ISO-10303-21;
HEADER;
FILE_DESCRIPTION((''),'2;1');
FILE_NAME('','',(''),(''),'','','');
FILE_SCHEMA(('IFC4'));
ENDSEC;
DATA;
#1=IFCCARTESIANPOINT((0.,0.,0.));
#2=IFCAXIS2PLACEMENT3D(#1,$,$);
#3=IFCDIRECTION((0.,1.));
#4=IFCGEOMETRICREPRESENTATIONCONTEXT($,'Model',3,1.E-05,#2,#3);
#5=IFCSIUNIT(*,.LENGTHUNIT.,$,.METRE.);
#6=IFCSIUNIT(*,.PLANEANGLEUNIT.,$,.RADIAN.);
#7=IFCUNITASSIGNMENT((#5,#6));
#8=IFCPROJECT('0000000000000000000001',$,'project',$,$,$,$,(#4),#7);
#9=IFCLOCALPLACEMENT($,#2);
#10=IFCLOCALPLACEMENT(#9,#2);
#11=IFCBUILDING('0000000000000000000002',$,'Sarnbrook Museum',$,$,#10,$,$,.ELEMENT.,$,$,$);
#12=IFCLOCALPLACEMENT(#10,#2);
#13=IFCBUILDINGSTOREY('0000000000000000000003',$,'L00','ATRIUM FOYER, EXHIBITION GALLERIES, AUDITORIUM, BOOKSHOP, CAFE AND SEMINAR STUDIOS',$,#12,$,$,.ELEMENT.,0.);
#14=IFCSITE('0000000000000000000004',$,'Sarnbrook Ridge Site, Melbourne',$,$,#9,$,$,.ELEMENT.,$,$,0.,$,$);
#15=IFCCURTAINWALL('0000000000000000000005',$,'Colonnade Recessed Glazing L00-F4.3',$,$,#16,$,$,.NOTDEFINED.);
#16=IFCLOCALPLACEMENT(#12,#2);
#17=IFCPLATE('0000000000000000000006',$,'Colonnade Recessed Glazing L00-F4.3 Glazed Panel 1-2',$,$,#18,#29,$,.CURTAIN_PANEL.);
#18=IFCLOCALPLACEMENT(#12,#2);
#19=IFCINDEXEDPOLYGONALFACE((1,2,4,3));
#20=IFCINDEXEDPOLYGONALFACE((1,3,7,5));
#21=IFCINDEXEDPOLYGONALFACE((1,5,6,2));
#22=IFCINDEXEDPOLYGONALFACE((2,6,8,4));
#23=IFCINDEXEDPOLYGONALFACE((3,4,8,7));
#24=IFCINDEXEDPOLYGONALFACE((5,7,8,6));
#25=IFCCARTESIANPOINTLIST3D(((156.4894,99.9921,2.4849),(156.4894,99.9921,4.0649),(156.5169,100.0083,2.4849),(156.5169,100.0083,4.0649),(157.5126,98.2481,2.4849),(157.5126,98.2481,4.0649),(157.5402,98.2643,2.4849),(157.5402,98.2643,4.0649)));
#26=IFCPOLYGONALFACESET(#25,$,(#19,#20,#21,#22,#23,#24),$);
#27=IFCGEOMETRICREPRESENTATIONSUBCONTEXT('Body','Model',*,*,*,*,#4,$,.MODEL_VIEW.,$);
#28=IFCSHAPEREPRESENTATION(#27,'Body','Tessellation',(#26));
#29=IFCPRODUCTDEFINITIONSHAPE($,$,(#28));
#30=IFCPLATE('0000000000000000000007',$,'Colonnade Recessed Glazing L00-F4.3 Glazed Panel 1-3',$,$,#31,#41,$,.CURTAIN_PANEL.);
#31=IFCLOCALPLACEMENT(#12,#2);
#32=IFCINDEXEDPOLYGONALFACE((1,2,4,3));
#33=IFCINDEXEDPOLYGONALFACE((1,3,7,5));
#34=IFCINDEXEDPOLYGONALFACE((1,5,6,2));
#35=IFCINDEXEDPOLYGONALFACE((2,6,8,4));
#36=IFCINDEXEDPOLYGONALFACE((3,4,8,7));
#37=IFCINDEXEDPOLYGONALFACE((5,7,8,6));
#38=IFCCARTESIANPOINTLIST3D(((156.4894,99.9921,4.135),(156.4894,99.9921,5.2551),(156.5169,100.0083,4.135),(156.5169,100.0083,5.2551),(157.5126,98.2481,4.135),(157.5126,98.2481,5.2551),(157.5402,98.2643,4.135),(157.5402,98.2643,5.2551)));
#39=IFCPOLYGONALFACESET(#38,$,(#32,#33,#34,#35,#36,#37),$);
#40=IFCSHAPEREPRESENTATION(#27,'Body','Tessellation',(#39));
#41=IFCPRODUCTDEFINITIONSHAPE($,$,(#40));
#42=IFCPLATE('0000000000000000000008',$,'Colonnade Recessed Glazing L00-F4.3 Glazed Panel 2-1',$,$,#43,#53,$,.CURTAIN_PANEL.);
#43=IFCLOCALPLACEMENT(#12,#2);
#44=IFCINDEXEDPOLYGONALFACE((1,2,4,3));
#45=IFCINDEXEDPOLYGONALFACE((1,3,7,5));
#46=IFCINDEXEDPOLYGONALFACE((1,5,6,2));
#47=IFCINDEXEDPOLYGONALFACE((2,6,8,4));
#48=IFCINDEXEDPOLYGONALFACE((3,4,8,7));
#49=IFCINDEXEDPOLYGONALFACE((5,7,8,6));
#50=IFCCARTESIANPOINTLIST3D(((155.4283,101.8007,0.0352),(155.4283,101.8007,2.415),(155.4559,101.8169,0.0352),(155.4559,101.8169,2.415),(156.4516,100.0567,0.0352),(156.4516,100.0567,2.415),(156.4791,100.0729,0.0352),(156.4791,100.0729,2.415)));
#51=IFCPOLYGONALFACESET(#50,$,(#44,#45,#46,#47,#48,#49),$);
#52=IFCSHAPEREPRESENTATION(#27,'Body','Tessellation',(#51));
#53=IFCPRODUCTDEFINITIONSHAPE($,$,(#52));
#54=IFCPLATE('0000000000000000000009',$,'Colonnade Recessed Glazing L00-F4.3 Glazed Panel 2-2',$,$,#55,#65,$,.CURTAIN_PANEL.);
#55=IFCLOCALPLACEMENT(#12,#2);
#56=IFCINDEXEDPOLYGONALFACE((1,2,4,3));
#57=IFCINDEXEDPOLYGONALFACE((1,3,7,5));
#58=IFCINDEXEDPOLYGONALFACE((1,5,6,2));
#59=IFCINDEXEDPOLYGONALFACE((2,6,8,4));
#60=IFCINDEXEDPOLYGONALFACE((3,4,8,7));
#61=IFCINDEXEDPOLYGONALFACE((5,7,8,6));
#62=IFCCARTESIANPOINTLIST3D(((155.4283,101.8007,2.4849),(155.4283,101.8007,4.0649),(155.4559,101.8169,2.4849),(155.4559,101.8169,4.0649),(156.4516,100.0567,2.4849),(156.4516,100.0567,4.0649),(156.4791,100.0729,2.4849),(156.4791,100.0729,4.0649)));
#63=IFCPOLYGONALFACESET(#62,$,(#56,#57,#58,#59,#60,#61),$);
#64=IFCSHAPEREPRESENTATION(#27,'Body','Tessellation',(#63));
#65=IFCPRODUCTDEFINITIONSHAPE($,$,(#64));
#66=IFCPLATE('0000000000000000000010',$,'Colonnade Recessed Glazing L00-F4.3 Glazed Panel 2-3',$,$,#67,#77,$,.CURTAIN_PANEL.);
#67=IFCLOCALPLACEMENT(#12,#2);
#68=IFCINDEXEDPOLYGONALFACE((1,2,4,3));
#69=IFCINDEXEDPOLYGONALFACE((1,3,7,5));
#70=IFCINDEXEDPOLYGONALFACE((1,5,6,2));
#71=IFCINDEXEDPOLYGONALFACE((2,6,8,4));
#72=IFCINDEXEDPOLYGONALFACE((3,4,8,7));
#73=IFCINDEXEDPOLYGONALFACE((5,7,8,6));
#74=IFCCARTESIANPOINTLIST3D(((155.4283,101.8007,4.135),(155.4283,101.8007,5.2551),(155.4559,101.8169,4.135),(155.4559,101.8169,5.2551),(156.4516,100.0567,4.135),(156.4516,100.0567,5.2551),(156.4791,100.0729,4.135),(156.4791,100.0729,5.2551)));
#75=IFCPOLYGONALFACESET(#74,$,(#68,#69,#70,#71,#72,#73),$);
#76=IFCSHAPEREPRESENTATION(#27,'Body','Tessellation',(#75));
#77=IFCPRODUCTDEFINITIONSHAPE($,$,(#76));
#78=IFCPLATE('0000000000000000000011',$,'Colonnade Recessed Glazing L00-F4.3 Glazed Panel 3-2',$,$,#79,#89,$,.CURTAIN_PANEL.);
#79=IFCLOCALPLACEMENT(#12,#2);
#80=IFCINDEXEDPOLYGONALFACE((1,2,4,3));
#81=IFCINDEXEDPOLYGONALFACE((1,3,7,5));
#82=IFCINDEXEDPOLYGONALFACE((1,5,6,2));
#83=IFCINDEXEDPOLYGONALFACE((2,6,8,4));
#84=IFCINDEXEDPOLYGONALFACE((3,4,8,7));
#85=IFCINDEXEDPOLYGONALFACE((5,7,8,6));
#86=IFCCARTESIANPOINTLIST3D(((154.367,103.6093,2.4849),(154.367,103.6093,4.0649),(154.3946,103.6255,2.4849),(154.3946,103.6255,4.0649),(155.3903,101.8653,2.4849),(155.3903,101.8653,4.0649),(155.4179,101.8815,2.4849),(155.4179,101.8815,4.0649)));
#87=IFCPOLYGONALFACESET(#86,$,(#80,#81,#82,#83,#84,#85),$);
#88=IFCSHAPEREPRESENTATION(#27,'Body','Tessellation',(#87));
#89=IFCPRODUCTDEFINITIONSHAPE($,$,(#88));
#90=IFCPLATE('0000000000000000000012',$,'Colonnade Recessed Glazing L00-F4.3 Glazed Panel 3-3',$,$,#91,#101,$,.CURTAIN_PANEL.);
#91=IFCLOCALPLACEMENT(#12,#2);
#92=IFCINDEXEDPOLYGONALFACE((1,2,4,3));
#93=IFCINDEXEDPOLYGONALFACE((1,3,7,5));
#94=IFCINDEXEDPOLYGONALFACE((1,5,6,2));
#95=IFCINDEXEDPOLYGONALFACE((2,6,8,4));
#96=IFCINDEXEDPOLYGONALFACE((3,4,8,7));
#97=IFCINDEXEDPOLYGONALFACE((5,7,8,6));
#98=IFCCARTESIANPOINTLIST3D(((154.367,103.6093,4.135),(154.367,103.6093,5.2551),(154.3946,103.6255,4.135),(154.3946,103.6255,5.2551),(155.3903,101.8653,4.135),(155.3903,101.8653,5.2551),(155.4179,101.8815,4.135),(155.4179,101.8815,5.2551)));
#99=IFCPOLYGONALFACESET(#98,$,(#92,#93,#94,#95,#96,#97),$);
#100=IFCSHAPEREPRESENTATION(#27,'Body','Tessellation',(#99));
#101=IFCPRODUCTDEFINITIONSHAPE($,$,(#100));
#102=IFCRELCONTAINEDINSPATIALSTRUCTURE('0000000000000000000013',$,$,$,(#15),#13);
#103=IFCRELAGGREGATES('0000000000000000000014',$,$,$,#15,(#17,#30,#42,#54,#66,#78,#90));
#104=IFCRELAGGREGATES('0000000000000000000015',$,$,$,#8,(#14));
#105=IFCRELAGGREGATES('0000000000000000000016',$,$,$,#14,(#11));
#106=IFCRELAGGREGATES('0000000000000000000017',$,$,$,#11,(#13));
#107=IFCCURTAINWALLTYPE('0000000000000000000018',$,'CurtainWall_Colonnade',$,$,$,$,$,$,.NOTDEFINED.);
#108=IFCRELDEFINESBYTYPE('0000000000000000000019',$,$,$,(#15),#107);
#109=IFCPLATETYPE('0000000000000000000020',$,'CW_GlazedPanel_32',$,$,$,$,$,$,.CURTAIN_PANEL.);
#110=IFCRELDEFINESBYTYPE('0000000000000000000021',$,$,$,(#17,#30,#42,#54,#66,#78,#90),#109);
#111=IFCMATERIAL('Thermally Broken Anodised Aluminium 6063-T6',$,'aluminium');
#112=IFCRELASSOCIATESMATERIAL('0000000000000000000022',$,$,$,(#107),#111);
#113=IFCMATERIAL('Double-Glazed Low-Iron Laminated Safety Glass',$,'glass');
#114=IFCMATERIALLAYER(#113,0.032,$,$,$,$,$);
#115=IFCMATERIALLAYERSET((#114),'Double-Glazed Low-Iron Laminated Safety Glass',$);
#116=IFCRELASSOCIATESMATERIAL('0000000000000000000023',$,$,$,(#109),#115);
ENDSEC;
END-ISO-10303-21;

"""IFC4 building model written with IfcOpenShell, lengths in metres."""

from ifc_helpers import new_model, si_unit, direction, frame, origin, origin_2d, place, context, subcontext, project, spatial, rectangle, extrude, material, layer, layer_set, type_object, element, aggregate, save


model = new_model("IFC4")

# Units and contexts
model_context = context("Model", 3, precision=1e-05, world=origin(), true_north=direction((0.0, 1.0)))
body_context = subcontext(model_context, "Body", "Model", "MODEL_VIEW")
ifc_project = project(units=[si_unit("LENGTHUNIT", "METRE"), si_unit("PLANEANGLEUNIT", "RADIAN")], contexts=[model_context])

# Site, building, storey
site_placement = place(None, origin())
site = spatial("IfcSite", under=ifc_project, at=site_placement, Name="Sarnbrook Ridge Site, Melbourne", CompositionType="ELEMENT", RefElevation=0.0)
building_placement = place(site_placement, origin())
building = spatial("IfcBuilding", under=site, at=building_placement, Name="Sarnbrook Museum", CompositionType="ELEMENT")
storey_placement = place(building_placement, origin())
storey = spatial("IfcBuildingStorey", under=building, at=storey_placement, Name="L00", Description="ATRIUM FOYER, EXHIBITION GALLERIES, AUDITORIUM, BOOKSHOP, CAFE AND SEMINAR STUDIOS", CompositionType="ELEMENT", Elevation=0.0)

# Shared definitions
ifc_material_1 = material(Name="Thermally Broken Anodised Aluminium 6063-T6", Category="aluminium")
curtain_wall_type = type_object("IfcCurtainWallType", Name="CurtainWall_Colonnade", PredefinedType="NOTDEFINED", material=ifc_material_1)

# Curtain wall
curtain_wall_1_placement = place(storey_placement, origin())
curtain_wall_1 = element("IfcCurtainWall", 1, at=curtain_wall_1_placement, inside=storey, type_object=curtain_wall_type, Name="Colonnade Recessed Glazing L00-F4.3", PredefinedType="NOTDEFINED")

# Plates
ifc_material_2 = material(Name="Double-Glazed Low-Iron Laminated Safety Glass", Category="glass")
ifc_layer = layer(ifc_material_2, 0.032)
ifc_layer_set = layer_set([ifc_layer], Name="Double-Glazed Low-Iron Laminated Safety Glass")
plate_type = type_object("IfcPlateType", Name="CW_GlazedPanel_32", PredefinedType="CURTAIN_PANEL", material=ifc_layer_set)
plate_1_placement = place(storey_placement, frame((157.001, 99.1201, 3.2749), z_axis=(0.862498, 0.50606, 0.0), x_axis=(-0.50606, 0.862498, 0.0)))
plate_1 = element("IfcPlate", 2, at=plate_1_placement, type_object=plate_type, Name="Colonnade Recessed Glazing L00-F4.3 Glazed Panel 1-2", PredefinedType="CURTAIN_PANEL", context=body_context, shape_type="SweptSolid", body=[
    extrude(rectangle(XDim=2.022, YDim=1.5801, at=origin_2d()), origin(), (0.0, 0.0, 1.0), 0.032),
])
plate_2_placement = place(storey_placement, frame((157.001, 99.1201, 4.6951), z_axis=(0.862498, 0.50606, 0.0), x_axis=(-0.50606, 0.862498, 0.0)))
plate_2 = element("IfcPlate", 3, at=plate_2_placement, type_object=plate_type, Name="Colonnade Recessed Glazing L00-F4.3 Glazed Panel 1-3", PredefinedType="CURTAIN_PANEL", context=body_context, shape_type="SweptSolid", body=[
    extrude(rectangle(XDim=2.022, YDim=1.1201, at=origin_2d()), origin(), (0.0, 0.0, 1.0), 0.032),
])
plate_3_placement = place(storey_placement, frame((155.9399, 100.9287, 1.2251), z_axis=(0.862498, 0.50606, 0.0), x_axis=(-0.50606, 0.862498, 0.0)))
plate_3 = element("IfcPlate", 4, at=plate_3_placement, type_object=plate_type, Name="Colonnade Recessed Glazing L00-F4.3 Glazed Panel 2-1", PredefinedType="CURTAIN_PANEL", context=body_context, shape_type="SweptSolid", body=[
    extrude(rectangle(XDim=2.022, YDim=2.3799, at=origin_2d()), origin(), (0.0, 0.0, 1.0), 0.032),
])
plate_4_placement = place(storey_placement, frame((155.9399, 100.9287, 3.2749), z_axis=(0.862498, 0.50606, 0.0), x_axis=(-0.50606, 0.862498, 0.0)))
plate_4 = element("IfcPlate", 5, at=plate_4_placement, type_object=plate_type, Name="Colonnade Recessed Glazing L00-F4.3 Glazed Panel 2-2", PredefinedType="CURTAIN_PANEL", context=body_context, shape_type="SweptSolid", body=[
    extrude(rectangle(XDim=2.022, YDim=1.5801, at=origin_2d()), origin(), (0.0, 0.0, 1.0), 0.032),
])
plate_5_placement = place(storey_placement, frame((155.9399, 100.9287, 4.6951), z_axis=(0.862498, 0.50606, 0.0), x_axis=(-0.50606, 0.862498, 0.0)))
plate_5 = element("IfcPlate", 6, at=plate_5_placement, type_object=plate_type, Name="Colonnade Recessed Glazing L00-F4.3 Glazed Panel 2-3", PredefinedType="CURTAIN_PANEL", context=body_context, shape_type="SweptSolid", body=[
    extrude(rectangle(XDim=2.022, YDim=1.1201, at=origin_2d()), origin(), (0.0, 0.0, 1.0), 0.032),
])
plate_6_placement = place(storey_placement, frame((154.8787, 102.7373, 3.2749), z_axis=(0.862498, 0.50606, 0.0), x_axis=(-0.50606, 0.862498, 0.0)))
plate_6 = element("IfcPlate", 7, at=plate_6_placement, type_object=plate_type, Name="Colonnade Recessed Glazing L00-F4.3 Glazed Panel 3-2", PredefinedType="CURTAIN_PANEL", context=body_context, shape_type="SweptSolid", body=[
    extrude(rectangle(XDim=2.022, YDim=1.5801, at=origin_2d()), origin(), (0.0, 0.0, 1.0), 0.032),
])
plate_7_placement = place(storey_placement, frame((154.8787, 102.7373, 4.6951), z_axis=(0.862498, 0.50606, 0.0), x_axis=(-0.50606, 0.862498, 0.0)))
plate_7 = element("IfcPlate", 8, at=plate_7_placement, type_object=plate_type, Name="Colonnade Recessed Glazing L00-F4.3 Glazed Panel 3-3", PredefinedType="CURTAIN_PANEL", context=body_context, shape_type="SweptSolid", body=[
    extrude(rectangle(XDim=2.022, YDim=1.1201, at=origin_2d()), origin(), (0.0, 0.0, 1.0), 0.032),
])
aggregate(curtain_wall_1, [plate_1, plate_2, plate_3, plate_4, plate_5, plate_6, plate_7])

save(model, "model.ifc")
